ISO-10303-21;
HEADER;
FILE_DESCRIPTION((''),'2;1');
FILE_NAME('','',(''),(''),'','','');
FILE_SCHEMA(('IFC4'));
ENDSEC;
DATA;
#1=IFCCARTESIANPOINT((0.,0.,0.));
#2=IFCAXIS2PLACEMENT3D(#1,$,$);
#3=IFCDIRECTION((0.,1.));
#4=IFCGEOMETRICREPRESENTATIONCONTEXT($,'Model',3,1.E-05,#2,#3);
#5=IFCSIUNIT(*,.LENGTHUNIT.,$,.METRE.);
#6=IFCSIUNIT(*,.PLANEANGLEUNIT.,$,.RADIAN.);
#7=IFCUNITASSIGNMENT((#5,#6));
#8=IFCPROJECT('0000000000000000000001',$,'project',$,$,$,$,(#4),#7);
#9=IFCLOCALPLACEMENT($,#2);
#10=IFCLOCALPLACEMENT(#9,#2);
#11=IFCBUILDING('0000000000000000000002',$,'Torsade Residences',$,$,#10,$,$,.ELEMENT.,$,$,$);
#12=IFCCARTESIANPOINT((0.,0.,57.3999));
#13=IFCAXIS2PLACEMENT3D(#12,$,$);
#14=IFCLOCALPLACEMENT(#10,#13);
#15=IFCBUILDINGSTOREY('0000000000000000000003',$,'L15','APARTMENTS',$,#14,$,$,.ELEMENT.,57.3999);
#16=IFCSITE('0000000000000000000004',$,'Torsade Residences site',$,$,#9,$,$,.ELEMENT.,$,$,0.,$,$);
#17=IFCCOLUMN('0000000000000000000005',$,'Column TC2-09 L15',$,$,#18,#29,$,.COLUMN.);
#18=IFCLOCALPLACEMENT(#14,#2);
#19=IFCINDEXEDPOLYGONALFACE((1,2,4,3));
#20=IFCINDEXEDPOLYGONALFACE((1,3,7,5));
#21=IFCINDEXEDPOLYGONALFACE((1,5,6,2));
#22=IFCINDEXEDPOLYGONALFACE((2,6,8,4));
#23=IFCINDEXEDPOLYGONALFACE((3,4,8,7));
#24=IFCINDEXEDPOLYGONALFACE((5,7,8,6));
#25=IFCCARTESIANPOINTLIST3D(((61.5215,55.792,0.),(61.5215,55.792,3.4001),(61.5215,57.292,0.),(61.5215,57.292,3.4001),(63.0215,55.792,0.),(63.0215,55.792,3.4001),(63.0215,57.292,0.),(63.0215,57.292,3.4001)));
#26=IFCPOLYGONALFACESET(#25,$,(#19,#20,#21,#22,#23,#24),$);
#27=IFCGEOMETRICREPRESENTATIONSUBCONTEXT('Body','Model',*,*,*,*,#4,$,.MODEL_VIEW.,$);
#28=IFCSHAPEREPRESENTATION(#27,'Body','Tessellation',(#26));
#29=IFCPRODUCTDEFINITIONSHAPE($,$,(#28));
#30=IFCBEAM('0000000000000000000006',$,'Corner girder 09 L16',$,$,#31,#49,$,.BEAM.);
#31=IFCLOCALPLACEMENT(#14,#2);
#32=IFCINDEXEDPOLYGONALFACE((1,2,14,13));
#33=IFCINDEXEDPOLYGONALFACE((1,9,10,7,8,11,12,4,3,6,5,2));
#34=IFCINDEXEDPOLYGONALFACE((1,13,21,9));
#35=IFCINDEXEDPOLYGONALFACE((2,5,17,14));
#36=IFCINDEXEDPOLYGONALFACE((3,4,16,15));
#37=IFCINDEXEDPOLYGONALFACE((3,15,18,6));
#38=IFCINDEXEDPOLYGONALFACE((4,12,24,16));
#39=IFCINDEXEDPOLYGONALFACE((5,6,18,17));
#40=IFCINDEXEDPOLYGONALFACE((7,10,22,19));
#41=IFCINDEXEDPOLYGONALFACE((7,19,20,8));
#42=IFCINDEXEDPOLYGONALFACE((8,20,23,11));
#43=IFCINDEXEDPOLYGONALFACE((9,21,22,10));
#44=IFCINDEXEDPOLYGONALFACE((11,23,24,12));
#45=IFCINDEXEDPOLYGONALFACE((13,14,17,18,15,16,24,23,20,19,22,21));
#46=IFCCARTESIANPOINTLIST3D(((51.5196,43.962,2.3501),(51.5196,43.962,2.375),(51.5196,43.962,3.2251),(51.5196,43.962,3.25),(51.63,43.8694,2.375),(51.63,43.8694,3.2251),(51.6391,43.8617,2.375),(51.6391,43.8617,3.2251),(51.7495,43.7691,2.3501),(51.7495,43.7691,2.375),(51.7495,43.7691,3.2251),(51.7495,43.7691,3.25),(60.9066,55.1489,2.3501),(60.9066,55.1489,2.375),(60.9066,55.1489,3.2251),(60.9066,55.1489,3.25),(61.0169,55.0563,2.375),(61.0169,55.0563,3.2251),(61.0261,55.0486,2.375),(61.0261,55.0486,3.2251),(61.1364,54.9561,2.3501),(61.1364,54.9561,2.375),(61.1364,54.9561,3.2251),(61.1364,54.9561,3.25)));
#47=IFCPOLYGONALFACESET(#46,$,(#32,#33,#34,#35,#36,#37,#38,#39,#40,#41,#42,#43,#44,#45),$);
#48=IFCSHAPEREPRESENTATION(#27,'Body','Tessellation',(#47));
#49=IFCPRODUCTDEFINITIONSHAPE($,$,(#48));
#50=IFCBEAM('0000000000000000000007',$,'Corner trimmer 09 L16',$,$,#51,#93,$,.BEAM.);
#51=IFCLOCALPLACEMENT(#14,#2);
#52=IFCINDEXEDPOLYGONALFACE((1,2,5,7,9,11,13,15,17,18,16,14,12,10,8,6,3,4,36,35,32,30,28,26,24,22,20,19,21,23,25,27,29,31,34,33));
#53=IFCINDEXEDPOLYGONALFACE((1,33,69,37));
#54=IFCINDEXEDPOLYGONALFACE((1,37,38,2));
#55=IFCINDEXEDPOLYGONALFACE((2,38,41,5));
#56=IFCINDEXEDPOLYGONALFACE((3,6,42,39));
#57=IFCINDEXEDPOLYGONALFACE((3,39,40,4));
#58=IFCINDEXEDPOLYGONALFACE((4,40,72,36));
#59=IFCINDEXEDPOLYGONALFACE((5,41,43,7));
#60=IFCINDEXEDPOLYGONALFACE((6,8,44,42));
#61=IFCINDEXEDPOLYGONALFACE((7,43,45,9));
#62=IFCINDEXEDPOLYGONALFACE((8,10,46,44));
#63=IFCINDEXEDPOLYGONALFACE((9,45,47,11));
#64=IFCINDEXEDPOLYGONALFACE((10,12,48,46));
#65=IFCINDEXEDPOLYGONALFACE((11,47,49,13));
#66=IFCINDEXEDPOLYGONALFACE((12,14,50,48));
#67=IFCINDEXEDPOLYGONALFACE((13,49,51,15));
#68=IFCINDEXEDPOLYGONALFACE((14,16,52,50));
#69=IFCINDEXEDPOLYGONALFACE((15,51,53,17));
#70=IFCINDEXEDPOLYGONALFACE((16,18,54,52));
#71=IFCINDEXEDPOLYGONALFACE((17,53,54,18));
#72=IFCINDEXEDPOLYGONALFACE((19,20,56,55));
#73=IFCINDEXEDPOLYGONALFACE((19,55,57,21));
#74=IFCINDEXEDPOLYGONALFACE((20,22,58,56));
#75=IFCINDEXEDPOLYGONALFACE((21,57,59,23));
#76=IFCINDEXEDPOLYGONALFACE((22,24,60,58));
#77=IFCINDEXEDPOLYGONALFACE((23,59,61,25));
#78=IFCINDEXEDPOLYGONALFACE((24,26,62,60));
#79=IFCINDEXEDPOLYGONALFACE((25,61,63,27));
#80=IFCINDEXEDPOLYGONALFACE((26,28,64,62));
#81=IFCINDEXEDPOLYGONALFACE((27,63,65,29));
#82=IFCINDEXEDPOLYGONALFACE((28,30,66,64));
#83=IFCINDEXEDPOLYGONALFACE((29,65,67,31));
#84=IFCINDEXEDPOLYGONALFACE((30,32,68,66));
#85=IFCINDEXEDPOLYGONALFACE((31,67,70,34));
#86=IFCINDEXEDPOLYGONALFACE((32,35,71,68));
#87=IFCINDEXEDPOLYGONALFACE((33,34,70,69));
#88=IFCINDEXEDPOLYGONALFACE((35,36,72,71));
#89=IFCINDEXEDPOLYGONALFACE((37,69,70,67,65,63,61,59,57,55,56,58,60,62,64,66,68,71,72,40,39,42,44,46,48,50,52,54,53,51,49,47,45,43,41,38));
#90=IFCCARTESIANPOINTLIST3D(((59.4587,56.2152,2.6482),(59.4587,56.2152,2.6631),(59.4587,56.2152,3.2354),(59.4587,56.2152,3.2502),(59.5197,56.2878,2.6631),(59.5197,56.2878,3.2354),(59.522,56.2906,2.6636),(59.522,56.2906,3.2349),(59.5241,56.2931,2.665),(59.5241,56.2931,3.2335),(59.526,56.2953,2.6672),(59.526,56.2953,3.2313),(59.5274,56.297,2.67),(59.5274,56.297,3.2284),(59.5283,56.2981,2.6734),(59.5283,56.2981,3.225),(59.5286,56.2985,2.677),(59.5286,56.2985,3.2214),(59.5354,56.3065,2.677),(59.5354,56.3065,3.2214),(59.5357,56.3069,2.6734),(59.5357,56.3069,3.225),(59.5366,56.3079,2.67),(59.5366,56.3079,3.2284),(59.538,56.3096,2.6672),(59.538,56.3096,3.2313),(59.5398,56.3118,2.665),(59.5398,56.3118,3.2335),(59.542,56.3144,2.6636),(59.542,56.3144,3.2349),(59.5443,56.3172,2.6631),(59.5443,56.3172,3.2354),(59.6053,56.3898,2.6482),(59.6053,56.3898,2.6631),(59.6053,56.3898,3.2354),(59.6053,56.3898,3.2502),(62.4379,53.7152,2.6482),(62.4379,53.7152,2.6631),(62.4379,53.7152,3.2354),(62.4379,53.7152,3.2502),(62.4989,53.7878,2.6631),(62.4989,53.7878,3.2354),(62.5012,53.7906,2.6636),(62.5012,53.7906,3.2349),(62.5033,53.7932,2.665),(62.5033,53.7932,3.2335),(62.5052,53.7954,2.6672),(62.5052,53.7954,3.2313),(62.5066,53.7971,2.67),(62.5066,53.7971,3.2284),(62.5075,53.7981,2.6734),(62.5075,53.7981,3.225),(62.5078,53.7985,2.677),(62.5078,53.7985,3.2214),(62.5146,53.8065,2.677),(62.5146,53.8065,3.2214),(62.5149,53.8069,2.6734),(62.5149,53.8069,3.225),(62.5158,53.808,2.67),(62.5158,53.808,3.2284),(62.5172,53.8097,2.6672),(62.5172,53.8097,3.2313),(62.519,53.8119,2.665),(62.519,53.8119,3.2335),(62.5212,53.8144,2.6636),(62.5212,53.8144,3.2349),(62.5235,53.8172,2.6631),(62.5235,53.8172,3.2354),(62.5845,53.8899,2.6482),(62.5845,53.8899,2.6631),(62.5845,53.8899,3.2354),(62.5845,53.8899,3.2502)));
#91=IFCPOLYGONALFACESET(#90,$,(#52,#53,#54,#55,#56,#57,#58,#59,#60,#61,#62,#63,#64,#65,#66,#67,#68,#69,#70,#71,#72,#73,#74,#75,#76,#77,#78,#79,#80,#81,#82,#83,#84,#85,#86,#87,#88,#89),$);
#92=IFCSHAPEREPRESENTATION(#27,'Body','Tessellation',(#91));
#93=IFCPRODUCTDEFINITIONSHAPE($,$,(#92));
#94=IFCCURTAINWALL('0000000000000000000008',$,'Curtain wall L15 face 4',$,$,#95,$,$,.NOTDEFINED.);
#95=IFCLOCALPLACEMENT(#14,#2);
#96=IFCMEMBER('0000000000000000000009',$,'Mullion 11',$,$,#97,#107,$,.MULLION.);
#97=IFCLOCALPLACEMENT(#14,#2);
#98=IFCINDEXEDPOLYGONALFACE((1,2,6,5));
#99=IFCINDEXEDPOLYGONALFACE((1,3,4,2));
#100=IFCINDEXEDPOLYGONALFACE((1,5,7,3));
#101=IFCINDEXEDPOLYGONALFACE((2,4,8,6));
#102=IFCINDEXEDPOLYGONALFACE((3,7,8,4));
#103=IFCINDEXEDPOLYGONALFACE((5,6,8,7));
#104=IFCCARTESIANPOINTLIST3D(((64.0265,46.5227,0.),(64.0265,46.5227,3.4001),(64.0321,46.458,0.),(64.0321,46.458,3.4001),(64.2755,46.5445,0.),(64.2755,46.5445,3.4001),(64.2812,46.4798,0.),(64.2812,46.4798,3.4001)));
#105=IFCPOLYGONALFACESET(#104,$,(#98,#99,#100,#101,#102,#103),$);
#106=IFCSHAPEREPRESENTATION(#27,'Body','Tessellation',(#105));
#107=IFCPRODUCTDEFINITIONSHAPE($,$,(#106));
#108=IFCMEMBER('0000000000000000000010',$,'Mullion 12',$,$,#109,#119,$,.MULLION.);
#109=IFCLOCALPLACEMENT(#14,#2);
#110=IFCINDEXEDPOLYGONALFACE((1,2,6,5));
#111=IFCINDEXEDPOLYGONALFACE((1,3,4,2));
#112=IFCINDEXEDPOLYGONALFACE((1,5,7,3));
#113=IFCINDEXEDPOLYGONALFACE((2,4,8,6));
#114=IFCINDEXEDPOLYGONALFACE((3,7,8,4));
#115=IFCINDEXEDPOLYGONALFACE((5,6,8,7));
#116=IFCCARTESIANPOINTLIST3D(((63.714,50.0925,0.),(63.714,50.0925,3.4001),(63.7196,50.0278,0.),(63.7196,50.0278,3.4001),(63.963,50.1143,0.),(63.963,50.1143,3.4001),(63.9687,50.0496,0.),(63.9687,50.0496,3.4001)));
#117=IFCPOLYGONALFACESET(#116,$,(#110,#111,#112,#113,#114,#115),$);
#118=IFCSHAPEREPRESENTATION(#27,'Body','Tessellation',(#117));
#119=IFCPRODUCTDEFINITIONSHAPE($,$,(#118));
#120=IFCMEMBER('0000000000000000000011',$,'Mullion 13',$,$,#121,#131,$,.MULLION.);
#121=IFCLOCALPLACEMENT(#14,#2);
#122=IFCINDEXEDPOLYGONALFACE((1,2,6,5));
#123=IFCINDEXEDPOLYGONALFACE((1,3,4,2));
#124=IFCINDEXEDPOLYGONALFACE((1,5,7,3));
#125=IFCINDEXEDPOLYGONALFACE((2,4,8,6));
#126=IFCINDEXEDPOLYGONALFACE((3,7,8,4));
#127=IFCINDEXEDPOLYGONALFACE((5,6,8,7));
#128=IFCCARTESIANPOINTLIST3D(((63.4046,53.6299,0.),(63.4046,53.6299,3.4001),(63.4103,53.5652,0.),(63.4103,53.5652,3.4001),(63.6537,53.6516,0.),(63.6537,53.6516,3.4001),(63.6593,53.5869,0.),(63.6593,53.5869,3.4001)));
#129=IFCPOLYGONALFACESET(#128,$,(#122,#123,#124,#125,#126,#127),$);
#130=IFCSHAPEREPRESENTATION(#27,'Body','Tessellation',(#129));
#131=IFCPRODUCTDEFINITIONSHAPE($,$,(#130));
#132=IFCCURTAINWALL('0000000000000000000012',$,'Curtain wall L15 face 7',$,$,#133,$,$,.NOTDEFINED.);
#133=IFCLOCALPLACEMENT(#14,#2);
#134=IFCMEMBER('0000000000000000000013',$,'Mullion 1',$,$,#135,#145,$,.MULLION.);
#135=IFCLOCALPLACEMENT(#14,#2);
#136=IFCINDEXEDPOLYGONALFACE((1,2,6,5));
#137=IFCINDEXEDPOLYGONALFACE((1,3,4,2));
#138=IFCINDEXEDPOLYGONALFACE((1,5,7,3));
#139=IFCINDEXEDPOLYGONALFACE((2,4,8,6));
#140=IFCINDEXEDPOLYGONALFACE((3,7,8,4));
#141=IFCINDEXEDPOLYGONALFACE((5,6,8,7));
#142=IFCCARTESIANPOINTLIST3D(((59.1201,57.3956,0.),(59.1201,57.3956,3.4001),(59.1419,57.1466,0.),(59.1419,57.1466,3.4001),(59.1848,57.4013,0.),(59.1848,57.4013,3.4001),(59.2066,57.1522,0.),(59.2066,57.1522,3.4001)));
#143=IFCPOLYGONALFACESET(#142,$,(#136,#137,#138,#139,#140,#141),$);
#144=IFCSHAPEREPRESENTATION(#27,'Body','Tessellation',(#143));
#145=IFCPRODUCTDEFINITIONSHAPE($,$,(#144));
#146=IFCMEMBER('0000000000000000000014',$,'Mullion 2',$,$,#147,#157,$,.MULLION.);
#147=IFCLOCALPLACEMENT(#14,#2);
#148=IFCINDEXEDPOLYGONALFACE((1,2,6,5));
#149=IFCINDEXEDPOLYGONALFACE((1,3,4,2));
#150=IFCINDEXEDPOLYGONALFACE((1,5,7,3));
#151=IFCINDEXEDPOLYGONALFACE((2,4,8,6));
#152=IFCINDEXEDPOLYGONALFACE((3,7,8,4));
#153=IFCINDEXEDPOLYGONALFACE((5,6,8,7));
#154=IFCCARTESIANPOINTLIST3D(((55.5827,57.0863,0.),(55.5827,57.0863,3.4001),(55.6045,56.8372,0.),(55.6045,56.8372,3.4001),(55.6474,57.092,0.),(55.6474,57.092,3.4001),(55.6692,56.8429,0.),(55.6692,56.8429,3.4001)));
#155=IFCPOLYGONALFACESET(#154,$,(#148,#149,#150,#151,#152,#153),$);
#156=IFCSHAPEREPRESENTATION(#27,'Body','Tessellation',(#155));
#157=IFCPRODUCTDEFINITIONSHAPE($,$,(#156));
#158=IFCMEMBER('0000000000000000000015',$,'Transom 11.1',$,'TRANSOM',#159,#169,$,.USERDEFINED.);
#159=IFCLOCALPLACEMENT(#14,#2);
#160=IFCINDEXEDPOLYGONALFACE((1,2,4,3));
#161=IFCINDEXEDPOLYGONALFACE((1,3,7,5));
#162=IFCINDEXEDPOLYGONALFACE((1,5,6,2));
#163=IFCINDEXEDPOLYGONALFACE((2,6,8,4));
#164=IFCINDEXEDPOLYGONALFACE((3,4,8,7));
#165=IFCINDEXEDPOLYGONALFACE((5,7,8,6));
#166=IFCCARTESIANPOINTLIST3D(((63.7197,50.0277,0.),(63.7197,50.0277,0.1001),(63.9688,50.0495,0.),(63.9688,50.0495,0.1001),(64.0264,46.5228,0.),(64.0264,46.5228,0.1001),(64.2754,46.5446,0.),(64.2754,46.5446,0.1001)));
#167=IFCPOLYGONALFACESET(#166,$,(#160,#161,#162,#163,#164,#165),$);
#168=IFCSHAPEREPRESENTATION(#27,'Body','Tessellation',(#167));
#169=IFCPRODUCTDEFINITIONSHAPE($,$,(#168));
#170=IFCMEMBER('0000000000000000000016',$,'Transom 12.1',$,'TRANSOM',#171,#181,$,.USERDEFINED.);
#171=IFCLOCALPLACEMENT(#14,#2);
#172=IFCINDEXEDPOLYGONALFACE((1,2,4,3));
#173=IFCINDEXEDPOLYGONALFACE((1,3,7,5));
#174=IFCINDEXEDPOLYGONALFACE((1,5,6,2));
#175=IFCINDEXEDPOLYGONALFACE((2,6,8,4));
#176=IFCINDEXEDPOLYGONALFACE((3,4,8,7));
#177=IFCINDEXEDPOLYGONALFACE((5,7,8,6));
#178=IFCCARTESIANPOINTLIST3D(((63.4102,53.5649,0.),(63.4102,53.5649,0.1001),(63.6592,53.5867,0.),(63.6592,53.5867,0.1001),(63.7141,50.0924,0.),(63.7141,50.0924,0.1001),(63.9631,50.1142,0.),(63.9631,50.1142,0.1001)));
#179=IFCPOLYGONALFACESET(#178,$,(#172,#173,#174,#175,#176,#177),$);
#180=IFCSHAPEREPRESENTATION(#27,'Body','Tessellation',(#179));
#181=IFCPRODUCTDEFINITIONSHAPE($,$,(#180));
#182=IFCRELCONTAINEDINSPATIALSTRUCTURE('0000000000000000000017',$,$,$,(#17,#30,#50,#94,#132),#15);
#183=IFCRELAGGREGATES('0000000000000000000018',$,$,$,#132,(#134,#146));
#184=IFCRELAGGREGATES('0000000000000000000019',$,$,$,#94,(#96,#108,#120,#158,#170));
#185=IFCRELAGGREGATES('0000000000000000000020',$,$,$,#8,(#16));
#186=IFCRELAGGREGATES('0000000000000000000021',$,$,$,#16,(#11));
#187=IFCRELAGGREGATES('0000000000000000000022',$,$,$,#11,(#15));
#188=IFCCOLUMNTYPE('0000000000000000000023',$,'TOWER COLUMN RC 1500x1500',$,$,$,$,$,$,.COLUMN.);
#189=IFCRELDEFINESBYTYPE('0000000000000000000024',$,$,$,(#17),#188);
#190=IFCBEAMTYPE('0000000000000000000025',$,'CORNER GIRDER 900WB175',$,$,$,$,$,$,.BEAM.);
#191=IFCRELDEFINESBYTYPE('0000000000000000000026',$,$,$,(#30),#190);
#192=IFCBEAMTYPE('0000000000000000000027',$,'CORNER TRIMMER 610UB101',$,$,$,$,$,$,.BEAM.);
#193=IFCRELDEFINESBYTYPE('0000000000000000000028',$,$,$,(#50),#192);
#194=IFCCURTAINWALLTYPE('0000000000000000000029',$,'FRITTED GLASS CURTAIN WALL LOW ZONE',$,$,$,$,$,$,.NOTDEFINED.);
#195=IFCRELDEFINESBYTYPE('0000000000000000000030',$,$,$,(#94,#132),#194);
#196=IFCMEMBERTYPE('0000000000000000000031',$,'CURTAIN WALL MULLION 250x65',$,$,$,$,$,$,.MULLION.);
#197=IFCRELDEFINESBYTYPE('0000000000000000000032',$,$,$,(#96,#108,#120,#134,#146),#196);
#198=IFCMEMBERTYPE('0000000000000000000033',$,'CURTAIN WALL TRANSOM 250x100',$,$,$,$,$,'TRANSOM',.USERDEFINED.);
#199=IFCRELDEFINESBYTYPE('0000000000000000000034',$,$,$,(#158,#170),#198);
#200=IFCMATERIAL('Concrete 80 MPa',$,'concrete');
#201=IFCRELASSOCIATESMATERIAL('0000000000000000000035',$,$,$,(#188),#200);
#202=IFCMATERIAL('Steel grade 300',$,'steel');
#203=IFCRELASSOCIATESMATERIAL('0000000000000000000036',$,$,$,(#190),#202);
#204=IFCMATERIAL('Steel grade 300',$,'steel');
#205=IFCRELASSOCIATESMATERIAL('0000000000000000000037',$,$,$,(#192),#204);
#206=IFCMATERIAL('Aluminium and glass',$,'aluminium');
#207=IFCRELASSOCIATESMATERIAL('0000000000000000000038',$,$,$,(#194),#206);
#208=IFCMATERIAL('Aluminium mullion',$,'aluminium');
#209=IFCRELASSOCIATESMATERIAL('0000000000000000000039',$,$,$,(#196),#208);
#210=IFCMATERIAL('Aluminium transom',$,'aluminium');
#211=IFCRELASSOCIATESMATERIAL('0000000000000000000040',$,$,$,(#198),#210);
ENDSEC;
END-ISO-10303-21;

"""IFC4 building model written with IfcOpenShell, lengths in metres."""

from ifc_helpers import new_model, si_unit, direction, frame, origin, origin_2d, place, context, subcontext, project, spatial, rectangle, i_section, extrude, material, material_profile, profile_set, type_object, element, aggregate, save


model = new_model("IFC4")

# Units and contexts
model_context = context("Model", 3, precision=1e-05, world=origin(), true_north=direction((0.0, 1.0)))
body_context = subcontext(model_context, "Body", "Model", "MODEL_VIEW")
ifc_project = project(units=[si_unit("LENGTHUNIT", "METRE"), si_unit("PLANEANGLEUNIT", "RADIAN")], contexts=[model_context])

# Site, building, storey
site_placement = place(None, origin())
site = spatial("IfcSite", under=ifc_project, at=site_placement, Name="Torsade Residences site", CompositionType="ELEMENT", RefElevation=0.0)
building_placement = place(site_placement, origin())
building = spatial("IfcBuilding", under=site, at=building_placement, Name="Torsade Residences", CompositionType="ELEMENT")
storey_placement = place(building_placement, frame((0.0, 0.0, 57.3999)))
storey = spatial("IfcBuildingStorey", under=building, at=storey_placement, Name="L15", Description="APARTMENTS", CompositionType="ELEMENT", Elevation=57.3999)

# Column
ifc_material_1 = material(Name="Concrete 80 MPa", Category="concrete")
ifc_material_profile_1 = material_profile(ifc_material_1, rectangle(XDim=1.5, YDim=1.5, at=origin_2d()), Name="RC 1500x1500")
ifc_profile_set_1 = profile_set([ifc_material_profile_1], Name="Concrete 80 MPa")
column_type = type_object("IfcColumnType", Name="TOWER COLUMN RC 1500x1500", PredefinedType="COLUMN", material=ifc_profile_set_1)
column_placement = place(storey_placement, frame((62.2715, 56.542, 0.0), z_axis=(0.0, 0.0, 1.0), x_axis=(1.0, 0.0, 0.0)))
element("IfcColumn", 1, at=column_placement, inside=storey, type_object=column_type, Name="Column TC2-09 L15", PredefinedType="COLUMN", context=body_context, shape_type="SweptSolid", body=[
    extrude(rectangle(XDim=1.5, YDim=1.5, at=origin_2d()), origin(), (0.0, 0.0, 1.0), 3.4001),
])

# Beams
ifc_material_2 = material(Name="Steel grade 300", Category="steel")
ifc_material_profile_2 = material_profile(ifc_material_2, i_section(OverallWidth=0.3, OverallDepth=0.8999, WebThickness=0.012, FlangeThickness=0.0249, at=origin_2d()), Name="900WB175")
ifc_profile_set_2 = profile_set([ifc_material_profile_2], Name="Steel grade 300")
beam_type_1 = type_object("IfcBeamType", Name="CORNER GIRDER 900WB175", PredefinedType="BEAM", material=ifc_profile_set_2)
beam_1_placement = place(storey_placement, frame((61.0215, 55.0525, 2.8), z_axis=(-0.642785, -0.766046, 0.0), x_axis=(0.766046, -0.642785, 0.0)))
element("IfcBeam", 2, at=beam_1_placement, inside=storey, type_object=beam_type_1, Name="Corner girder 09 L16", PredefinedType="BEAM", context=body_context, shape_type="SweptSolid", body=[
    extrude(i_section(OverallWidth=0.3, OverallDepth=0.8999, WebThickness=0.012, FlangeThickness=0.0249, at=origin_2d()), origin(), (0.0, 0.0, 1.0), 14.6035),
])
ifc_material_3 = material(Name="Steel grade 300", Category="steel")
ifc_material_profile_3 = material_profile(ifc_material_3, i_section(OverallWidth=0.228, OverallDepth=0.6021, WebThickness=0.0105, FlangeThickness=0.0149, FilletRadius=0.0139, at=origin_2d()), Name="610UB101")
ifc_profile_set_3 = profile_set([ifc_material_profile_3], Name="Steel grade 300")
beam_type_2 = type_object("IfcBeamType", Name="CORNER TRIMMER 610UB101", PredefinedType="BEAM", material=ifc_profile_set_3)
beam_2_placement = place(storey_placement, frame((59.532, 56.3025, 2.9492), z_axis=(0.76603, -0.642805, 0.0), x_axis=(0.642805, 0.76603, 0.0)))
element("IfcBeam", 3, at=beam_2_placement, inside=storey, type_object=beam_type_2, Name="Corner trimmer 09 L16", PredefinedType="BEAM", context=body_context, shape_type="SweptSolid", body=[
    extrude(i_section(OverallWidth=0.228, OverallDepth=0.6021, WebThickness=0.0105, FlangeThickness=0.0149, FilletRadius=0.0139, at=origin_2d()), origin(), (0.0, 0.0, 1.0), 3.8892),
])

# Curtain walls, members
ifc_material_4 = material(Name="Aluminium and glass", Category="aluminium")
curtain_wall_type = type_object("IfcCurtainWallType", Name="FRITTED GLASS CURTAIN WALL LOW ZONE", PredefinedType="NOTDEFINED", material=ifc_material_4)
curtain_wall_1_placement = place(storey_placement, origin())
curtain_wall_1 = element("IfcCurtainWall", 4, at=curtain_wall_1_placement, inside=storey, type_object=curtain_wall_type, Name="Curtain wall L15 face 4", PredefinedType="NOTDEFINED")
ifc_material_5 = material(Name="Aluminium mullion", Category="aluminium")
ifc_material_profile_4 = material_profile(ifc_material_5, rectangle(XDim=0.25, YDim=0.0649, at=origin_2d()), Name="CURTAIN WALL MULLION 250x65")
ifc_profile_set_4 = profile_set([ifc_material_profile_4], Name="Aluminium mullion")
member_type_1 = type_object("IfcMemberType", Name="CURTAIN WALL MULLION 250x65", PredefinedType="MULLION", material=ifc_profile_set_4)
member_1_placement = place(storey_placement, frame((64.1538, 46.5012, 0.0), z_axis=(0.0, 0.0, 1.0), x_axis=(-0.996195, -0.087156, 0.0)))
member_1 = element("IfcMember", 5, at=member_1_placement, type_object=member_type_1, Name="Mullion 11", PredefinedType="MULLION", context=body_context, shape_type="SweptSolid", body=[
    extrude(rectangle(XDim=0.25, YDim=0.0649, at=origin_2d()), origin(), (0.0, 0.0, 1.0), 3.4001),
])
member_2_placement = place(storey_placement, frame((63.8413, 50.071, 0.0), z_axis=(0.0, 0.0, 1.0), x_axis=(-0.996195, -0.087156, 0.0)))
member_2 = element("IfcMember", 6, at=member_2_placement, type_object=member_type_1, Name="Mullion 12", PredefinedType="MULLION", context=body_context, shape_type="SweptSolid", body=[
    extrude(rectangle(XDim=0.25, YDim=0.0649, at=origin_2d()), origin(), (0.0, 0.0, 1.0), 3.4001),
])
member_3_placement = place(storey_placement, frame((63.532, 53.6084, 0.0), z_axis=(0.0, 0.0, 1.0), x_axis=(-0.996195, -0.087156, 0.0)))
member_3 = element("IfcMember", 7, at=member_3_placement, type_object=member_type_1, Name="Mullion 13", PredefinedType="MULLION", context=body_context, shape_type="SweptSolid", body=[
    extrude(rectangle(XDim=0.25, YDim=0.0649, at=origin_2d()), origin(), (0.0, 0.0, 1.0), 3.4001),
])
curtain_wall_2_placement = place(storey_placement, origin())
curtain_wall_2 = element("IfcCurtainWall", 8, at=curtain_wall_2_placement, inside=storey, type_object=curtain_wall_type, Name="Curtain wall L15 face 7", PredefinedType="NOTDEFINED")
member_4_placement = place(storey_placement, frame((59.1633, 57.2739, 0.0), z_axis=(0.0, 0.0, 1.0), x_axis=(0.087156, -0.996195, 0.0)))
member_4 = element("IfcMember", 9, at=member_4_placement, type_object=member_type_1, Name="Mullion 1", PredefinedType="MULLION", context=body_context, shape_type="SweptSolid", body=[
    extrude(rectangle(XDim=0.25, YDim=0.0649, at=origin_2d()), origin(), (0.0, 0.0, 1.0), 3.4001),
])
member_5_placement = place(storey_placement, frame((55.626, 56.9646, 0.0), z_axis=(0.0, 0.0, 1.0), x_axis=(0.087156, -0.996195, 0.0)))
member_5 = element("IfcMember", 10, at=member_5_placement, type_object=member_type_1, Name="Mullion 2", PredefinedType="MULLION", context=body_context, shape_type="SweptSolid", body=[
    extrude(rectangle(XDim=0.25, YDim=0.0649, at=origin_2d()), origin(), (0.0, 0.0, 1.0), 3.4001),
])

# Members
ifc_material_6 = material(Name="Aluminium transom", Category="aluminium")
ifc_material_profile_5 = material_profile(ifc_material_6, rectangle(XDim=0.25, YDim=0.1001, at=origin_2d()), Name="CURTAIN WALL TRANSOM 250x100")
ifc_profile_set_5 = profile_set([ifc_material_profile_5], Name="Aluminium transom")
member_type_2 = type_object("IfcMemberType", Name="CURTAIN WALL TRANSOM 250x100", ElementType="TRANSOM", PredefinedType="USERDEFINED", material=ifc_profile_set_5)
member_6_placement = place(storey_placement, frame((64.1509, 46.5337, 0.05), z_axis=(-0.087157, 0.996195, 0.0), x_axis=(-0.996195, -0.087157, 0.0)))
member_6 = element("IfcMember", 11, at=member_6_placement, type_object=member_type_2, Name="Transom 11.1", ObjectType="TRANSOM", PredefinedType="USERDEFINED", context=body_context, shape_type="SweptSolid", body=[
    extrude(rectangle(XDim=0.25, YDim=0.1001, at=origin_2d()), origin(), (0.0, 0.0, 1.0), 3.5183),
])
member_7_placement = place(storey_placement, frame((63.8386, 50.1033, 0.05), z_axis=(-0.087195, 0.996191, 0.0), x_axis=(-0.996191, -0.087195, 0.0)))
member_7 = element("IfcMember", 12, at=member_7_placement, type_object=member_type_2, Name="Transom 12.1", ObjectType="TRANSOM", PredefinedType="USERDEFINED", context=body_context, shape_type="SweptSolid", body=[
    extrude(rectangle(XDim=0.25, YDim=0.1001, at=origin_2d()), origin(), (0.0, 0.0, 1.0), 3.4858),
])

aggregate(curtain_wall_2, [member_4, member_5])
aggregate(curtain_wall_1, [member_1, member_2, member_3, member_6, member_7])

save(model, "model.ifc")
